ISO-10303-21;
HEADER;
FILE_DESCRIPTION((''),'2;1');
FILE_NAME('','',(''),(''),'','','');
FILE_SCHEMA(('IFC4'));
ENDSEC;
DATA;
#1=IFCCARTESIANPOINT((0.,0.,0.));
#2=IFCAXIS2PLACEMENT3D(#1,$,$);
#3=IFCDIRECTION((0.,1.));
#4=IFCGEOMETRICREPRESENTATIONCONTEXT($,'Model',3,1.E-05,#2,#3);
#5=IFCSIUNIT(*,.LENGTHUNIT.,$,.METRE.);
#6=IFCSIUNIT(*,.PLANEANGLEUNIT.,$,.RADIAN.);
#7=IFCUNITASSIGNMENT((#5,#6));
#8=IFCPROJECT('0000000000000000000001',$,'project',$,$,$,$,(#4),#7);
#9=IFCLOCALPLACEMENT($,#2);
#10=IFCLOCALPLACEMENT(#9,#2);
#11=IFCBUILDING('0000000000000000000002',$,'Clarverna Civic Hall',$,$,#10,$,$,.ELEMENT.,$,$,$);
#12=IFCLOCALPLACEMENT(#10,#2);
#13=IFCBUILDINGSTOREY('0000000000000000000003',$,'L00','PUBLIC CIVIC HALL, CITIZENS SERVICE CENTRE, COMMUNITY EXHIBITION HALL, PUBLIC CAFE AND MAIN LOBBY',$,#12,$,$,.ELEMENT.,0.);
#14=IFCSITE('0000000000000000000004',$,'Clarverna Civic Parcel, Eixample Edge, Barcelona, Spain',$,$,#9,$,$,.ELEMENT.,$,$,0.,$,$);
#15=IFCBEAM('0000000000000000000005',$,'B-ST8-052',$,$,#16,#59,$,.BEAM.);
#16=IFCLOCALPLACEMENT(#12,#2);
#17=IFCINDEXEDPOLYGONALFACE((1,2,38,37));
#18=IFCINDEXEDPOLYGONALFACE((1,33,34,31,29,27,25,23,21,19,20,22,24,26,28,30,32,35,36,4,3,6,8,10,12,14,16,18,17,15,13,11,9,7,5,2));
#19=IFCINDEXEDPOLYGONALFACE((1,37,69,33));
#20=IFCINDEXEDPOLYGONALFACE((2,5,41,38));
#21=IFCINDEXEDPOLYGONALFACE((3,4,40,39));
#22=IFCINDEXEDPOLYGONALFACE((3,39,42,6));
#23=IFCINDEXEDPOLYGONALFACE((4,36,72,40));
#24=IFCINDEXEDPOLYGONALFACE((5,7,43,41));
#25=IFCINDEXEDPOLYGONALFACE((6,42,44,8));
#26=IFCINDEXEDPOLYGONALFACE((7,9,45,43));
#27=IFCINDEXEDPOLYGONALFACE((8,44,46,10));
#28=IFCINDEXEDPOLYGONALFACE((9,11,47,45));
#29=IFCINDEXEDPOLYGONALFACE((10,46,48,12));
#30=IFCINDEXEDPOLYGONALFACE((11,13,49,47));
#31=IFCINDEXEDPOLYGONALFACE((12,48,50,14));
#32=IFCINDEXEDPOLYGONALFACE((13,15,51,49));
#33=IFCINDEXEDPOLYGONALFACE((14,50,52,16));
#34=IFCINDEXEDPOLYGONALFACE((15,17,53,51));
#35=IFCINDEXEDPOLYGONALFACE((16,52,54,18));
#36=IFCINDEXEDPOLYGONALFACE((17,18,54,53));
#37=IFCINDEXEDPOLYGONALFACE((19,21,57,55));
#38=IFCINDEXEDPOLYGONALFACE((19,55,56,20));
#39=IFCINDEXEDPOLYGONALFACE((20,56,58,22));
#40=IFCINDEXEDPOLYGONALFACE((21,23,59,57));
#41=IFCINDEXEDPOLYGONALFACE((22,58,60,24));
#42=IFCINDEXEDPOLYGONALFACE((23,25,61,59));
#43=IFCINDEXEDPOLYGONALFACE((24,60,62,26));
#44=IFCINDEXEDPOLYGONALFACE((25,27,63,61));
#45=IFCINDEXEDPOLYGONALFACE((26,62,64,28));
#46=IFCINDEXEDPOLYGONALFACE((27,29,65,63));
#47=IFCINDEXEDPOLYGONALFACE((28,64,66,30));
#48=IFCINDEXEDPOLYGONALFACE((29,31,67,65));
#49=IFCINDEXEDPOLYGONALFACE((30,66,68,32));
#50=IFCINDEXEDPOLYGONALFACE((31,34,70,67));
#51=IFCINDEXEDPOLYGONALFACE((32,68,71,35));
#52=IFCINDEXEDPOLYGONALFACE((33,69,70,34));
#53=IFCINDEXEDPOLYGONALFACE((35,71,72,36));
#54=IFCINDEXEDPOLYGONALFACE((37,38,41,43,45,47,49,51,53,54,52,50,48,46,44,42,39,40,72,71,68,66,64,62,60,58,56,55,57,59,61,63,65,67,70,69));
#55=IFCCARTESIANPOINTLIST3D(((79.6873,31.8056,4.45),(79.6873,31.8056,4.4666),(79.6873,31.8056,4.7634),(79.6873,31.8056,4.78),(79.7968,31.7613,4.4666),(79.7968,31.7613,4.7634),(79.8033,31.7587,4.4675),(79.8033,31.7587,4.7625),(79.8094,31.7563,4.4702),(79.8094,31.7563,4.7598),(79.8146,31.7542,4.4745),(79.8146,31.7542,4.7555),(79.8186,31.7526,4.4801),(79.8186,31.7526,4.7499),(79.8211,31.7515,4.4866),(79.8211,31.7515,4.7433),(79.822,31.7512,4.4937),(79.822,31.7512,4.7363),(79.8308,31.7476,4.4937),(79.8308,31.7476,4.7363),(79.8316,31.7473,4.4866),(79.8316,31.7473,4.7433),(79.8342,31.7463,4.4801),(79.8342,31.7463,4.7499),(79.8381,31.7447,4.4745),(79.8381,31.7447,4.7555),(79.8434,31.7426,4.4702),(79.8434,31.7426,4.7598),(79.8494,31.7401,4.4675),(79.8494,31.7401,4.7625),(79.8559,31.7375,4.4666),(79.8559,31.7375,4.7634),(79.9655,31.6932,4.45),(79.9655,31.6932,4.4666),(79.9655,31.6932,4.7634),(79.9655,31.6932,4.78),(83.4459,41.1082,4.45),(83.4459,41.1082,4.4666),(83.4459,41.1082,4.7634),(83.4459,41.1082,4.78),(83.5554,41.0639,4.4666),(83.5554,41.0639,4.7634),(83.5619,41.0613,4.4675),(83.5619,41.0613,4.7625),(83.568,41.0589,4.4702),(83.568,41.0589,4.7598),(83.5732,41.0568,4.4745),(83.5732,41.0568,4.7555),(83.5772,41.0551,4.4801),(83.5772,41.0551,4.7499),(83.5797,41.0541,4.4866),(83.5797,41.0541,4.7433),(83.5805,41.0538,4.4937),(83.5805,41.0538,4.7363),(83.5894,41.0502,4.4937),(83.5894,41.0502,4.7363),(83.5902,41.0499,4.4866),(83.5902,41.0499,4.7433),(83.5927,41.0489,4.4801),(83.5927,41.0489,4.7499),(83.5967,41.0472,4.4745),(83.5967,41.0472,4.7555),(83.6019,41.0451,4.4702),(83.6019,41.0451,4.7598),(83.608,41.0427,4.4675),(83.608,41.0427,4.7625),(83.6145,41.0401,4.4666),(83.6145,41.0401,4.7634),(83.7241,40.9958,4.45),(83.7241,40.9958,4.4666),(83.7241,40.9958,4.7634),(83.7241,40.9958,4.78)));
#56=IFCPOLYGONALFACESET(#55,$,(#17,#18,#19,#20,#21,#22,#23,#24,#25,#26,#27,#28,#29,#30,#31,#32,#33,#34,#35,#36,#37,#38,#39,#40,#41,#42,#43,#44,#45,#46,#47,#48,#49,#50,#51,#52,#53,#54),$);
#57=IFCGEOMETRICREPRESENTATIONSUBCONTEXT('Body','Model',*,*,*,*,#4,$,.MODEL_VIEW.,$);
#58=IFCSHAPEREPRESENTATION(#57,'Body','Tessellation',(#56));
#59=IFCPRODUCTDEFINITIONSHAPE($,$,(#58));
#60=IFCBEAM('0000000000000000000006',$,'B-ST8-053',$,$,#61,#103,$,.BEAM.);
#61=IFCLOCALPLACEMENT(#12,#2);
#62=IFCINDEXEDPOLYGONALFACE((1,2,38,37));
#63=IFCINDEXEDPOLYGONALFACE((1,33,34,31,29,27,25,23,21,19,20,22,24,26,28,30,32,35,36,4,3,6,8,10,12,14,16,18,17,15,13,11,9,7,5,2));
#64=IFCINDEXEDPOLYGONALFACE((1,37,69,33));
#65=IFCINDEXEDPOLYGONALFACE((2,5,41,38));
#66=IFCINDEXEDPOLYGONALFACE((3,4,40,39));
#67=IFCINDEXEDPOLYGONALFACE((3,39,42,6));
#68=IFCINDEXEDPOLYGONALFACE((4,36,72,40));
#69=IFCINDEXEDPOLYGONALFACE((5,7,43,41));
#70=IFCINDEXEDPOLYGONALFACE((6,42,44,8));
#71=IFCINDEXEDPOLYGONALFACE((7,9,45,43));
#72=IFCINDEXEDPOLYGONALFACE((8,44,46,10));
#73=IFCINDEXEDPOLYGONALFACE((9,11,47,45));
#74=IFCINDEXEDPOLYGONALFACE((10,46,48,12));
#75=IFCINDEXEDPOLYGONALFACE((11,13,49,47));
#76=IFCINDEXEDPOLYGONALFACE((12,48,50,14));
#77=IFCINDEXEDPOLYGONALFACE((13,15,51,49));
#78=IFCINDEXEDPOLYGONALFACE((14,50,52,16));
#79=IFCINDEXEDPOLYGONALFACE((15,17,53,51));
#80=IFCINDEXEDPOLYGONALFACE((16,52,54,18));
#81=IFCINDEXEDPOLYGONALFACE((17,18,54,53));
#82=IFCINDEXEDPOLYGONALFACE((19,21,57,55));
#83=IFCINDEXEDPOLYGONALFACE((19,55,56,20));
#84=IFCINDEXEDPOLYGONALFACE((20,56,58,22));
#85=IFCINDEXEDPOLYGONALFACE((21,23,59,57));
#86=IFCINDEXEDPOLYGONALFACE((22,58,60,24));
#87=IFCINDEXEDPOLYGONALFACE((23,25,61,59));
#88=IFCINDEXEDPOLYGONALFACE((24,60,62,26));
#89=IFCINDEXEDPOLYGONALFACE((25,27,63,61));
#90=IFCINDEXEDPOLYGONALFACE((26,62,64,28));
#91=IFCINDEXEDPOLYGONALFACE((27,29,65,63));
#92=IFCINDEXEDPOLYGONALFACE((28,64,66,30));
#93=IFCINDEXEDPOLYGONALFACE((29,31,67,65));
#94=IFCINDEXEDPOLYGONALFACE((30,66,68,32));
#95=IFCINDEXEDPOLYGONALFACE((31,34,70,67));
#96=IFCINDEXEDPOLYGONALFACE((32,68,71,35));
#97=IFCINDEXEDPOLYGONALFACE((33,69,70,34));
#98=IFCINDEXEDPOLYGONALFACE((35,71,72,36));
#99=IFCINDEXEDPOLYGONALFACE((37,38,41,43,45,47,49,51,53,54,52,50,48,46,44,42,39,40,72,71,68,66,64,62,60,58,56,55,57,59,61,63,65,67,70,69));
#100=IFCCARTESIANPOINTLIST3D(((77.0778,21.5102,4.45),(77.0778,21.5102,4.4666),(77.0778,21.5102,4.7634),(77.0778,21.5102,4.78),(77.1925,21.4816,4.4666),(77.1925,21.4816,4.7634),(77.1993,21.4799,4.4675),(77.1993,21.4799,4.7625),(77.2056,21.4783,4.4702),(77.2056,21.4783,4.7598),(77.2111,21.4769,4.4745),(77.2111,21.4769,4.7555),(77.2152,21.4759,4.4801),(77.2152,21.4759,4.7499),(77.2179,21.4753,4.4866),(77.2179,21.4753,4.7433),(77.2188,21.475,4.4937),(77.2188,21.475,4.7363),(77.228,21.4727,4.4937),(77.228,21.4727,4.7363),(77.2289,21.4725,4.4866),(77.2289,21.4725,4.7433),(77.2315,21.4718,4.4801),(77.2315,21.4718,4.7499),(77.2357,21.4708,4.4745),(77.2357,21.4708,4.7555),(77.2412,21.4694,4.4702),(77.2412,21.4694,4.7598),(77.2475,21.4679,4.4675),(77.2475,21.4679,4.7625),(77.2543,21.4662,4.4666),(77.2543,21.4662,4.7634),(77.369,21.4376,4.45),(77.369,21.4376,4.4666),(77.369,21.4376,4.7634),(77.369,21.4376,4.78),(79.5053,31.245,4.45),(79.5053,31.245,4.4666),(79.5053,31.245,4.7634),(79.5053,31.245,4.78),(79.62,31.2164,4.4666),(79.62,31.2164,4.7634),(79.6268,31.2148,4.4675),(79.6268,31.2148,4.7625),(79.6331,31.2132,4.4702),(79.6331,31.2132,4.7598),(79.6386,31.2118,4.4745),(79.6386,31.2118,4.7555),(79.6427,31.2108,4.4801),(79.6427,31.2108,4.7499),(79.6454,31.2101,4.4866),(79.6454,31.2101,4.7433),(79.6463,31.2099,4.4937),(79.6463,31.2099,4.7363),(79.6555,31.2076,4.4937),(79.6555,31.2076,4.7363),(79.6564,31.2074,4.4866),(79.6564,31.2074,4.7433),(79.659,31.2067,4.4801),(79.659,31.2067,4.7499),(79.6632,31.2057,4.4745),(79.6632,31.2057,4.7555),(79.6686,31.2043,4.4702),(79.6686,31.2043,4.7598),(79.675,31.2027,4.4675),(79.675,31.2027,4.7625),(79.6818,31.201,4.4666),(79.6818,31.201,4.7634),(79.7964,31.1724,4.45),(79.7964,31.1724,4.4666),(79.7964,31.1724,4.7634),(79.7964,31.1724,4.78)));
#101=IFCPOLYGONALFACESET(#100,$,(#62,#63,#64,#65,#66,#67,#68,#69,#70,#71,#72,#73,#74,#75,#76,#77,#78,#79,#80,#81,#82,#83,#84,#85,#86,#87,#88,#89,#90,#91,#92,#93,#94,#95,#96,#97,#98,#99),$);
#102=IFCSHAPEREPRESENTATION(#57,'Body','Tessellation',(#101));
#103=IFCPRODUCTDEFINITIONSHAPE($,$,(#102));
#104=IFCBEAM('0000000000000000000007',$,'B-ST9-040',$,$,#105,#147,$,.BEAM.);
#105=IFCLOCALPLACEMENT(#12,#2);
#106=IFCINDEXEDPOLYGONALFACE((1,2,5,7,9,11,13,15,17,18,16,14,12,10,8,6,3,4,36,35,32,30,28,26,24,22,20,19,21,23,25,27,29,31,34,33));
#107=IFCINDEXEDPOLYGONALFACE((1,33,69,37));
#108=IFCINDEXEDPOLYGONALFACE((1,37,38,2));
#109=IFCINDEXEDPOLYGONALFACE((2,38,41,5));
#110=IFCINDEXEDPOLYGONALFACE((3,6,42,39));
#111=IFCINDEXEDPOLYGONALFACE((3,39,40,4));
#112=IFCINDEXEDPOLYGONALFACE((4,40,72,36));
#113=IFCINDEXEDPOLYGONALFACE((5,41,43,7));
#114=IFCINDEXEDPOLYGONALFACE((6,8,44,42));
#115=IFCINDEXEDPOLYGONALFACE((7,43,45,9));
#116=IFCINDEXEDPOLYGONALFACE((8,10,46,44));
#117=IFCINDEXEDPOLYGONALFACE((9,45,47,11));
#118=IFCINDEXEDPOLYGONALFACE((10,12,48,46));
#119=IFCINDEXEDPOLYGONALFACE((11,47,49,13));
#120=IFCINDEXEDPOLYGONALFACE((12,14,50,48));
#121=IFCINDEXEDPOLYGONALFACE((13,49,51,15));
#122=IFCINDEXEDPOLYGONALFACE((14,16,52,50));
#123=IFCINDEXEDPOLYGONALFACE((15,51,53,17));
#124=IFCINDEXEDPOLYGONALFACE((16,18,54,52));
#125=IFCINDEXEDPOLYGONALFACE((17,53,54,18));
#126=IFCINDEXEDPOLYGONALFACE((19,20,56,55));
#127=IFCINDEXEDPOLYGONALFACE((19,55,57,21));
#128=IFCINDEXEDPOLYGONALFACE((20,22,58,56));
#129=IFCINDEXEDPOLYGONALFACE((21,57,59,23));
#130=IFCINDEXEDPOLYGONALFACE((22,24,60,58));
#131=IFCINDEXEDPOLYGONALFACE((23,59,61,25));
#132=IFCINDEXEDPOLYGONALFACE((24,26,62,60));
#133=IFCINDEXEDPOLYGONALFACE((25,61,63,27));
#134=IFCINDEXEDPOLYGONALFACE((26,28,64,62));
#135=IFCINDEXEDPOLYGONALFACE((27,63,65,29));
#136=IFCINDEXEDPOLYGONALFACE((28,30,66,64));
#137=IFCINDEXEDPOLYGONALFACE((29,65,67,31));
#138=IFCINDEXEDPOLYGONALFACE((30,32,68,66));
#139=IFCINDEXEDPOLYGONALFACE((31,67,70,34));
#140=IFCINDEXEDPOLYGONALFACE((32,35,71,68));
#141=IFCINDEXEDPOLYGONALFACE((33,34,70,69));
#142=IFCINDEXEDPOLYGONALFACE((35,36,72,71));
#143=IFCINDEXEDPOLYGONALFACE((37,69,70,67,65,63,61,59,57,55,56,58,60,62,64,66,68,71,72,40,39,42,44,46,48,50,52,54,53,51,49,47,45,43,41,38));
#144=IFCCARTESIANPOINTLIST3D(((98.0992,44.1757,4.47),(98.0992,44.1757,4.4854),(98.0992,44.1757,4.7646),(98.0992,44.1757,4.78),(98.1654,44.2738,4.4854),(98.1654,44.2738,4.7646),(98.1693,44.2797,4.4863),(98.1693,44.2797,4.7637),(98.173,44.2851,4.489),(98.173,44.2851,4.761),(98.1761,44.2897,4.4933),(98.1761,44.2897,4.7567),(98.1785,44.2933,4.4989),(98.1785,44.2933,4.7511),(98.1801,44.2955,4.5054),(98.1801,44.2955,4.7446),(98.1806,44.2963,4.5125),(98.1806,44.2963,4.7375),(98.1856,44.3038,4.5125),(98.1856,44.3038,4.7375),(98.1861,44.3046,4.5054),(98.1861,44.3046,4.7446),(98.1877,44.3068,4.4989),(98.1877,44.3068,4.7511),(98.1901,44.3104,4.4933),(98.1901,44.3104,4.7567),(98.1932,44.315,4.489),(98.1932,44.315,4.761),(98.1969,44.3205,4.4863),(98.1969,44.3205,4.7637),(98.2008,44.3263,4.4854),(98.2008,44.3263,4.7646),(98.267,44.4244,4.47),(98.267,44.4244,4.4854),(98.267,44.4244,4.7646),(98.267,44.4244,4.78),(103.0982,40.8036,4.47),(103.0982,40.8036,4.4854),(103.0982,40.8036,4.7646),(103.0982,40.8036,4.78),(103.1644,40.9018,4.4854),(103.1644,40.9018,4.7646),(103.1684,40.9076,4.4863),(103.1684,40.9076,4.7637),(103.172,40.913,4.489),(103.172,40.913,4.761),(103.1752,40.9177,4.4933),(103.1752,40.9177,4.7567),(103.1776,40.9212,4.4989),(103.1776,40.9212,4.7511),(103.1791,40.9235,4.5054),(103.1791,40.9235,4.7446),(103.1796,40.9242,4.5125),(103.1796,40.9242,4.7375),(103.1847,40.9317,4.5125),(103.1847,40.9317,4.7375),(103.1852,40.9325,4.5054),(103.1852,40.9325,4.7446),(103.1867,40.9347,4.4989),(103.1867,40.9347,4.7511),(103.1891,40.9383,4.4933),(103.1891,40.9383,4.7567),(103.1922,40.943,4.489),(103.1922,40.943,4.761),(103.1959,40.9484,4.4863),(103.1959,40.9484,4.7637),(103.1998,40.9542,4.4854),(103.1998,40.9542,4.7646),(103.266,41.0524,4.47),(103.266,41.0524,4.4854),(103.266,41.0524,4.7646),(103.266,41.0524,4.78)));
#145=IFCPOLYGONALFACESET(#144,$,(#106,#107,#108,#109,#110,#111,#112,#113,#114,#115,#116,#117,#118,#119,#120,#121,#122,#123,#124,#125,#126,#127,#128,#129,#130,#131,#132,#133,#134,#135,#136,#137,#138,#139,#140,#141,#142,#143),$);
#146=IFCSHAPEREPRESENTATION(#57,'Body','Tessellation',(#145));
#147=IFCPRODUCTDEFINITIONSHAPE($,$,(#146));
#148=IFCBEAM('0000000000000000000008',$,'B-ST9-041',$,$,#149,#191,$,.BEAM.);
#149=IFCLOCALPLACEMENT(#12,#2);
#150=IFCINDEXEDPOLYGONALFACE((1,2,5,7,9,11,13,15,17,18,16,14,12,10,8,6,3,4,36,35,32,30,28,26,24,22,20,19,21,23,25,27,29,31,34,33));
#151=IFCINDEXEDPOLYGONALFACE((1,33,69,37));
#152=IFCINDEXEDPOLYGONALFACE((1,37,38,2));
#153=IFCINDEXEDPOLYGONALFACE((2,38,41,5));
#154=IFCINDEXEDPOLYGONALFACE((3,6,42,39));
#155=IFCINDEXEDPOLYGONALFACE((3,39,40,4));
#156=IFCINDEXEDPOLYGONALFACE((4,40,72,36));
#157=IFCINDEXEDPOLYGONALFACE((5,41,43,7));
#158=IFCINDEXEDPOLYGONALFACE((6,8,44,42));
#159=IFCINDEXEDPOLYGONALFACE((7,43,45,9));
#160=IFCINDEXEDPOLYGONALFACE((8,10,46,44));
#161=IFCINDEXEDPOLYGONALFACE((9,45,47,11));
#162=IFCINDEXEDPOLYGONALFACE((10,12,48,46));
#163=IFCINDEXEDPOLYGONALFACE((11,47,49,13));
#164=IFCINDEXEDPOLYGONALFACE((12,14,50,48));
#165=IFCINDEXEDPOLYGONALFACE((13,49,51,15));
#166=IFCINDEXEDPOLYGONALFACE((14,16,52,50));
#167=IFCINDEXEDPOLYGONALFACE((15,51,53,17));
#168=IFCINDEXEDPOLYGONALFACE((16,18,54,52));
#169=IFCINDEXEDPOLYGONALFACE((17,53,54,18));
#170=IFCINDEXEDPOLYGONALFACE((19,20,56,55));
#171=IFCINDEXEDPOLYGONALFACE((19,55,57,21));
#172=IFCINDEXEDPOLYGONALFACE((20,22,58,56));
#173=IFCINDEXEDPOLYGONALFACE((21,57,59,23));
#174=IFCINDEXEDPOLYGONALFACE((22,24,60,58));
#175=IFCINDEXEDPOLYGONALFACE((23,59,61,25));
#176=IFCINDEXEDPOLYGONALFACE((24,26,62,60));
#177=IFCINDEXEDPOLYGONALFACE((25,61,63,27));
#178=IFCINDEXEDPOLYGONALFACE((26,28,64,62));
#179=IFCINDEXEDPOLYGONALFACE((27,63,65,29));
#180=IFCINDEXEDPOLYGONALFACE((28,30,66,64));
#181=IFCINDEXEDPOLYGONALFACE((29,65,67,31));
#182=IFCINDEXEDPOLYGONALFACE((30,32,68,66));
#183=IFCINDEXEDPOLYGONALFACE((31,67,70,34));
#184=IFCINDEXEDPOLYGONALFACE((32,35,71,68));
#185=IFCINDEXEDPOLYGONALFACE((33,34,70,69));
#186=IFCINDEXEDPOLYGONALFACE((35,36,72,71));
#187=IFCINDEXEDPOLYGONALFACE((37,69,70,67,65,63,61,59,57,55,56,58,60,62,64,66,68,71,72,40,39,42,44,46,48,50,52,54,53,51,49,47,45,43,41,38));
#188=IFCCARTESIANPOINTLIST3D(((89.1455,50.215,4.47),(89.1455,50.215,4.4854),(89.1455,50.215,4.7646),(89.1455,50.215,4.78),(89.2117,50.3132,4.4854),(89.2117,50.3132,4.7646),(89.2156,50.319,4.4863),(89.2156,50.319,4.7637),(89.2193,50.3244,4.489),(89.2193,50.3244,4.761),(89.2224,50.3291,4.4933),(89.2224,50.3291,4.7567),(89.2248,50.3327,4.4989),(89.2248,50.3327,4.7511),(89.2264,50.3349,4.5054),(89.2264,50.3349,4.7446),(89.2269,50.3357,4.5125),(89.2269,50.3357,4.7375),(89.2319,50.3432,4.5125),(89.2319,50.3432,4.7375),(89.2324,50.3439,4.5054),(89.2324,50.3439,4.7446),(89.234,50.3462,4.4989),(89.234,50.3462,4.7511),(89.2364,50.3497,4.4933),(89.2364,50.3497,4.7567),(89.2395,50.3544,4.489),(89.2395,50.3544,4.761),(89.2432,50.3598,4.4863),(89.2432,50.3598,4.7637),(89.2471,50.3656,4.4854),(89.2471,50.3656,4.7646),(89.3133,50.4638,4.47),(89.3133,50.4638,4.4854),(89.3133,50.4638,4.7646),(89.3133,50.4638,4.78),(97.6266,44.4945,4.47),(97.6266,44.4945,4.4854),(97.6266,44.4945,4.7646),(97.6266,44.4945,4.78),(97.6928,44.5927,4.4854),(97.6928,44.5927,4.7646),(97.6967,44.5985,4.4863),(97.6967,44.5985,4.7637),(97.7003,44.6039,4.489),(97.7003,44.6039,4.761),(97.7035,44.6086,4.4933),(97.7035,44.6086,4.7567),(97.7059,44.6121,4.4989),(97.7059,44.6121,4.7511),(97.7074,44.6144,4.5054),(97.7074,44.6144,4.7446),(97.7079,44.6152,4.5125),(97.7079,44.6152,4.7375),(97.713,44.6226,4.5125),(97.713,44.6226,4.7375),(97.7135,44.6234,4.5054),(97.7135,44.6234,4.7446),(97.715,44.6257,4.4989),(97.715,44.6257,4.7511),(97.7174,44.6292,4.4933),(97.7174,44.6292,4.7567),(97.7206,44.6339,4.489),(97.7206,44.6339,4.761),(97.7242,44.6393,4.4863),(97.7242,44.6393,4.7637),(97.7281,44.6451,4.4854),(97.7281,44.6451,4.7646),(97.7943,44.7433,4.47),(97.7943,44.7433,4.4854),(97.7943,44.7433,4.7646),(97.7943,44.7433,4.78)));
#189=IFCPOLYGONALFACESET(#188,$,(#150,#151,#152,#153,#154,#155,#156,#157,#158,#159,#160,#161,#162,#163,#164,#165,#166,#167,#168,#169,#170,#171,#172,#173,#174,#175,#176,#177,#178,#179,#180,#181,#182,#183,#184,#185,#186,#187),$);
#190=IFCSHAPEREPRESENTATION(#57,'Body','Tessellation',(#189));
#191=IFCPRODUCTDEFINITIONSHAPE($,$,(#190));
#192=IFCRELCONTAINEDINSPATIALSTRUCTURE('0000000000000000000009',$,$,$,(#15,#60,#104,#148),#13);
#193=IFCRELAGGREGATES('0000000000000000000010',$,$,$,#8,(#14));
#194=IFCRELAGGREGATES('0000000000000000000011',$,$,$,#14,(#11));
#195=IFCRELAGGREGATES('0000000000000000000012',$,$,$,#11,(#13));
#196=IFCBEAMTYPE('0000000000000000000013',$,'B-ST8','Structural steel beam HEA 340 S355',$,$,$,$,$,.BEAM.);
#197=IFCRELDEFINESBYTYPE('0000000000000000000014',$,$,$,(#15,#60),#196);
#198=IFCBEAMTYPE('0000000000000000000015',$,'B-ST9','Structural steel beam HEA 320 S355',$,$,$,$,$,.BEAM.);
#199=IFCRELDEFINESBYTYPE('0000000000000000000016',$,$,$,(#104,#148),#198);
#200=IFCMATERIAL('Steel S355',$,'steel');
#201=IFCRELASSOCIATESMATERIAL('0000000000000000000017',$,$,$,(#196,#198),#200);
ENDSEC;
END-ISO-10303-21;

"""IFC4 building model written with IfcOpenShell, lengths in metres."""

from ifc_helpers import new_model, si_unit, direction, frame, origin, origin_2d, place, context, subcontext, project, spatial, i_section, extrude, material, material_profile, profile_set, type_object, element, save


model = new_model("IFC4")

# Units and contexts
model_context = context("Model", 3, precision=1e-05, world=origin(), true_north=direction((0.0, 1.0)))
body_context = subcontext(model_context, "Body", "Model", "MODEL_VIEW")
ifc_project = project(units=[si_unit("LENGTHUNIT", "METRE"), si_unit("PLANEANGLEUNIT", "RADIAN")], contexts=[model_context])

# Site, building, storey
site_placement = place(None, origin())
site = spatial("IfcSite", under=ifc_project, at=site_placement, Name="Clarverna Civic Parcel, Eixample Edge, Barcelona, Spain", CompositionType="ELEMENT", RefElevation=0.0)
building_placement = place(site_placement, origin())
building = spatial("IfcBuilding", under=site, at=building_placement, Name="Clarverna Civic Hall", CompositionType="ELEMENT")
storey_placement = place(building_placement, origin())
storey = spatial("IfcBuildingStorey", under=building, at=storey_placement, Name="L00", Description="PUBLIC CIVIC HALL, CITIZENS SERVICE CENTRE, COMMUNITY EXHIBITION HALL, PUBLIC CAFE AND MAIN LOBBY", CompositionType="ELEMENT", Elevation=0.0)

# Beams
ifc_material_1 = material(Name="Steel S355", Category="steel")
ifc_material_profile_1 = material_profile(ifc_material_1, i_section(OverallWidth=0.3, OverallDepth=0.3301, WebThickness=0.0095, FlangeThickness=0.0166, FilletRadius=0.0271, at=origin_2d()), Name="HEA 340")
ifc_profile_set_1 = profile_set([ifc_material_profile_1], Name="Steel S355")
beam_type_1 = type_object("IfcBeamType", Name="B-ST8", Description="Structural steel beam HEA 340 S355", PredefinedType="BEAM", material=ifc_profile_set_1)
beam_1_placement = place(storey_placement, frame((83.585, 41.052, 4.615), z_axis=(-0.374615, -0.927181, 0.0), x_axis=(0.927181, -0.374615, 0.0)))
element("IfcBeam", 1, at=beam_1_placement, inside=storey, type_object=beam_type_1, Name="B-ST8-052", PredefinedType="BEAM", context=body_context, shape_type="SweptSolid", body=[
    extrude(i_section(OverallWidth=0.3, OverallDepth=0.3301, WebThickness=0.0095, FlangeThickness=0.0166, FilletRadius=0.0271, at=origin_2d()), origin(), (0.0, 0.0, 1.0), 10.0332),
])
beam_2_placement = place(storey_placement, frame((79.6509, 31.2087, 4.615), z_axis=(-0.241952, -0.970288, 0.0), x_axis=(0.970288, -0.241952, 0.0)))
element("IfcBeam", 2, at=beam_2_placement, inside=storey, type_object=beam_type_1, Name="B-ST8-053", PredefinedType="BEAM", context=body_context, shape_type="SweptSolid", body=[
    extrude(i_section(OverallWidth=0.3, OverallDepth=0.3301, WebThickness=0.0095, FlangeThickness=0.0166, FilletRadius=0.0271, at=origin_2d()), origin(), (0.0, 0.0, 1.0), 10.033),
])
ifc_material_profile_2 = material_profile(ifc_material_1, i_section(OverallWidth=0.3, OverallDepth=0.3101, WebThickness=0.009, FlangeThickness=0.0154, FilletRadius=0.0271, at=origin_2d()), Name="HEA 320")
ifc_profile_set_2 = profile_set([ifc_material_profile_2], Name="Steel S355")
beam_type_2 = type_object("IfcBeamType", Name="B-ST9", Description="Structural steel beam HEA 320 S355", PredefinedType="BEAM", material=ifc_profile_set_2)
beam_3_placement = place(storey_placement, frame((103.1821, 40.928, 4.625), z_axis=(-0.829023, 0.559214, 0.0), x_axis=(-0.559214, -0.829023, 0.0)))
element("IfcBeam", 3, at=beam_3_placement, inside=storey, type_object=beam_type_2, Name="B-ST9-040", PredefinedType="BEAM", context=body_context, shape_type="SweptSolid", body=[
    extrude(i_section(OverallWidth=0.3, OverallDepth=0.3101, WebThickness=0.009, FlangeThickness=0.0154, FilletRadius=0.0271, at=origin_2d()), origin(), (0.0, 0.0, 1.0), 6.03),
])
beam_4_placement = place(storey_placement, frame((97.7104, 44.6189, 4.625), z_axis=(-0.829038, 0.559192, 0.0), x_axis=(-0.559192, -0.829038, 0.0)))
element("IfcBeam", 4, at=beam_4_placement, inside=storey, type_object=beam_type_2, Name="B-ST9-041", PredefinedType="BEAM", context=body_context, shape_type="SweptSolid", body=[
    extrude(i_section(OverallWidth=0.3, OverallDepth=0.3101, WebThickness=0.009, FlangeThickness=0.0154, FilletRadius=0.0271, at=origin_2d()), origin(), (0.0, 0.0, 1.0), 10.23),
])

save(model, "model.ifc")
